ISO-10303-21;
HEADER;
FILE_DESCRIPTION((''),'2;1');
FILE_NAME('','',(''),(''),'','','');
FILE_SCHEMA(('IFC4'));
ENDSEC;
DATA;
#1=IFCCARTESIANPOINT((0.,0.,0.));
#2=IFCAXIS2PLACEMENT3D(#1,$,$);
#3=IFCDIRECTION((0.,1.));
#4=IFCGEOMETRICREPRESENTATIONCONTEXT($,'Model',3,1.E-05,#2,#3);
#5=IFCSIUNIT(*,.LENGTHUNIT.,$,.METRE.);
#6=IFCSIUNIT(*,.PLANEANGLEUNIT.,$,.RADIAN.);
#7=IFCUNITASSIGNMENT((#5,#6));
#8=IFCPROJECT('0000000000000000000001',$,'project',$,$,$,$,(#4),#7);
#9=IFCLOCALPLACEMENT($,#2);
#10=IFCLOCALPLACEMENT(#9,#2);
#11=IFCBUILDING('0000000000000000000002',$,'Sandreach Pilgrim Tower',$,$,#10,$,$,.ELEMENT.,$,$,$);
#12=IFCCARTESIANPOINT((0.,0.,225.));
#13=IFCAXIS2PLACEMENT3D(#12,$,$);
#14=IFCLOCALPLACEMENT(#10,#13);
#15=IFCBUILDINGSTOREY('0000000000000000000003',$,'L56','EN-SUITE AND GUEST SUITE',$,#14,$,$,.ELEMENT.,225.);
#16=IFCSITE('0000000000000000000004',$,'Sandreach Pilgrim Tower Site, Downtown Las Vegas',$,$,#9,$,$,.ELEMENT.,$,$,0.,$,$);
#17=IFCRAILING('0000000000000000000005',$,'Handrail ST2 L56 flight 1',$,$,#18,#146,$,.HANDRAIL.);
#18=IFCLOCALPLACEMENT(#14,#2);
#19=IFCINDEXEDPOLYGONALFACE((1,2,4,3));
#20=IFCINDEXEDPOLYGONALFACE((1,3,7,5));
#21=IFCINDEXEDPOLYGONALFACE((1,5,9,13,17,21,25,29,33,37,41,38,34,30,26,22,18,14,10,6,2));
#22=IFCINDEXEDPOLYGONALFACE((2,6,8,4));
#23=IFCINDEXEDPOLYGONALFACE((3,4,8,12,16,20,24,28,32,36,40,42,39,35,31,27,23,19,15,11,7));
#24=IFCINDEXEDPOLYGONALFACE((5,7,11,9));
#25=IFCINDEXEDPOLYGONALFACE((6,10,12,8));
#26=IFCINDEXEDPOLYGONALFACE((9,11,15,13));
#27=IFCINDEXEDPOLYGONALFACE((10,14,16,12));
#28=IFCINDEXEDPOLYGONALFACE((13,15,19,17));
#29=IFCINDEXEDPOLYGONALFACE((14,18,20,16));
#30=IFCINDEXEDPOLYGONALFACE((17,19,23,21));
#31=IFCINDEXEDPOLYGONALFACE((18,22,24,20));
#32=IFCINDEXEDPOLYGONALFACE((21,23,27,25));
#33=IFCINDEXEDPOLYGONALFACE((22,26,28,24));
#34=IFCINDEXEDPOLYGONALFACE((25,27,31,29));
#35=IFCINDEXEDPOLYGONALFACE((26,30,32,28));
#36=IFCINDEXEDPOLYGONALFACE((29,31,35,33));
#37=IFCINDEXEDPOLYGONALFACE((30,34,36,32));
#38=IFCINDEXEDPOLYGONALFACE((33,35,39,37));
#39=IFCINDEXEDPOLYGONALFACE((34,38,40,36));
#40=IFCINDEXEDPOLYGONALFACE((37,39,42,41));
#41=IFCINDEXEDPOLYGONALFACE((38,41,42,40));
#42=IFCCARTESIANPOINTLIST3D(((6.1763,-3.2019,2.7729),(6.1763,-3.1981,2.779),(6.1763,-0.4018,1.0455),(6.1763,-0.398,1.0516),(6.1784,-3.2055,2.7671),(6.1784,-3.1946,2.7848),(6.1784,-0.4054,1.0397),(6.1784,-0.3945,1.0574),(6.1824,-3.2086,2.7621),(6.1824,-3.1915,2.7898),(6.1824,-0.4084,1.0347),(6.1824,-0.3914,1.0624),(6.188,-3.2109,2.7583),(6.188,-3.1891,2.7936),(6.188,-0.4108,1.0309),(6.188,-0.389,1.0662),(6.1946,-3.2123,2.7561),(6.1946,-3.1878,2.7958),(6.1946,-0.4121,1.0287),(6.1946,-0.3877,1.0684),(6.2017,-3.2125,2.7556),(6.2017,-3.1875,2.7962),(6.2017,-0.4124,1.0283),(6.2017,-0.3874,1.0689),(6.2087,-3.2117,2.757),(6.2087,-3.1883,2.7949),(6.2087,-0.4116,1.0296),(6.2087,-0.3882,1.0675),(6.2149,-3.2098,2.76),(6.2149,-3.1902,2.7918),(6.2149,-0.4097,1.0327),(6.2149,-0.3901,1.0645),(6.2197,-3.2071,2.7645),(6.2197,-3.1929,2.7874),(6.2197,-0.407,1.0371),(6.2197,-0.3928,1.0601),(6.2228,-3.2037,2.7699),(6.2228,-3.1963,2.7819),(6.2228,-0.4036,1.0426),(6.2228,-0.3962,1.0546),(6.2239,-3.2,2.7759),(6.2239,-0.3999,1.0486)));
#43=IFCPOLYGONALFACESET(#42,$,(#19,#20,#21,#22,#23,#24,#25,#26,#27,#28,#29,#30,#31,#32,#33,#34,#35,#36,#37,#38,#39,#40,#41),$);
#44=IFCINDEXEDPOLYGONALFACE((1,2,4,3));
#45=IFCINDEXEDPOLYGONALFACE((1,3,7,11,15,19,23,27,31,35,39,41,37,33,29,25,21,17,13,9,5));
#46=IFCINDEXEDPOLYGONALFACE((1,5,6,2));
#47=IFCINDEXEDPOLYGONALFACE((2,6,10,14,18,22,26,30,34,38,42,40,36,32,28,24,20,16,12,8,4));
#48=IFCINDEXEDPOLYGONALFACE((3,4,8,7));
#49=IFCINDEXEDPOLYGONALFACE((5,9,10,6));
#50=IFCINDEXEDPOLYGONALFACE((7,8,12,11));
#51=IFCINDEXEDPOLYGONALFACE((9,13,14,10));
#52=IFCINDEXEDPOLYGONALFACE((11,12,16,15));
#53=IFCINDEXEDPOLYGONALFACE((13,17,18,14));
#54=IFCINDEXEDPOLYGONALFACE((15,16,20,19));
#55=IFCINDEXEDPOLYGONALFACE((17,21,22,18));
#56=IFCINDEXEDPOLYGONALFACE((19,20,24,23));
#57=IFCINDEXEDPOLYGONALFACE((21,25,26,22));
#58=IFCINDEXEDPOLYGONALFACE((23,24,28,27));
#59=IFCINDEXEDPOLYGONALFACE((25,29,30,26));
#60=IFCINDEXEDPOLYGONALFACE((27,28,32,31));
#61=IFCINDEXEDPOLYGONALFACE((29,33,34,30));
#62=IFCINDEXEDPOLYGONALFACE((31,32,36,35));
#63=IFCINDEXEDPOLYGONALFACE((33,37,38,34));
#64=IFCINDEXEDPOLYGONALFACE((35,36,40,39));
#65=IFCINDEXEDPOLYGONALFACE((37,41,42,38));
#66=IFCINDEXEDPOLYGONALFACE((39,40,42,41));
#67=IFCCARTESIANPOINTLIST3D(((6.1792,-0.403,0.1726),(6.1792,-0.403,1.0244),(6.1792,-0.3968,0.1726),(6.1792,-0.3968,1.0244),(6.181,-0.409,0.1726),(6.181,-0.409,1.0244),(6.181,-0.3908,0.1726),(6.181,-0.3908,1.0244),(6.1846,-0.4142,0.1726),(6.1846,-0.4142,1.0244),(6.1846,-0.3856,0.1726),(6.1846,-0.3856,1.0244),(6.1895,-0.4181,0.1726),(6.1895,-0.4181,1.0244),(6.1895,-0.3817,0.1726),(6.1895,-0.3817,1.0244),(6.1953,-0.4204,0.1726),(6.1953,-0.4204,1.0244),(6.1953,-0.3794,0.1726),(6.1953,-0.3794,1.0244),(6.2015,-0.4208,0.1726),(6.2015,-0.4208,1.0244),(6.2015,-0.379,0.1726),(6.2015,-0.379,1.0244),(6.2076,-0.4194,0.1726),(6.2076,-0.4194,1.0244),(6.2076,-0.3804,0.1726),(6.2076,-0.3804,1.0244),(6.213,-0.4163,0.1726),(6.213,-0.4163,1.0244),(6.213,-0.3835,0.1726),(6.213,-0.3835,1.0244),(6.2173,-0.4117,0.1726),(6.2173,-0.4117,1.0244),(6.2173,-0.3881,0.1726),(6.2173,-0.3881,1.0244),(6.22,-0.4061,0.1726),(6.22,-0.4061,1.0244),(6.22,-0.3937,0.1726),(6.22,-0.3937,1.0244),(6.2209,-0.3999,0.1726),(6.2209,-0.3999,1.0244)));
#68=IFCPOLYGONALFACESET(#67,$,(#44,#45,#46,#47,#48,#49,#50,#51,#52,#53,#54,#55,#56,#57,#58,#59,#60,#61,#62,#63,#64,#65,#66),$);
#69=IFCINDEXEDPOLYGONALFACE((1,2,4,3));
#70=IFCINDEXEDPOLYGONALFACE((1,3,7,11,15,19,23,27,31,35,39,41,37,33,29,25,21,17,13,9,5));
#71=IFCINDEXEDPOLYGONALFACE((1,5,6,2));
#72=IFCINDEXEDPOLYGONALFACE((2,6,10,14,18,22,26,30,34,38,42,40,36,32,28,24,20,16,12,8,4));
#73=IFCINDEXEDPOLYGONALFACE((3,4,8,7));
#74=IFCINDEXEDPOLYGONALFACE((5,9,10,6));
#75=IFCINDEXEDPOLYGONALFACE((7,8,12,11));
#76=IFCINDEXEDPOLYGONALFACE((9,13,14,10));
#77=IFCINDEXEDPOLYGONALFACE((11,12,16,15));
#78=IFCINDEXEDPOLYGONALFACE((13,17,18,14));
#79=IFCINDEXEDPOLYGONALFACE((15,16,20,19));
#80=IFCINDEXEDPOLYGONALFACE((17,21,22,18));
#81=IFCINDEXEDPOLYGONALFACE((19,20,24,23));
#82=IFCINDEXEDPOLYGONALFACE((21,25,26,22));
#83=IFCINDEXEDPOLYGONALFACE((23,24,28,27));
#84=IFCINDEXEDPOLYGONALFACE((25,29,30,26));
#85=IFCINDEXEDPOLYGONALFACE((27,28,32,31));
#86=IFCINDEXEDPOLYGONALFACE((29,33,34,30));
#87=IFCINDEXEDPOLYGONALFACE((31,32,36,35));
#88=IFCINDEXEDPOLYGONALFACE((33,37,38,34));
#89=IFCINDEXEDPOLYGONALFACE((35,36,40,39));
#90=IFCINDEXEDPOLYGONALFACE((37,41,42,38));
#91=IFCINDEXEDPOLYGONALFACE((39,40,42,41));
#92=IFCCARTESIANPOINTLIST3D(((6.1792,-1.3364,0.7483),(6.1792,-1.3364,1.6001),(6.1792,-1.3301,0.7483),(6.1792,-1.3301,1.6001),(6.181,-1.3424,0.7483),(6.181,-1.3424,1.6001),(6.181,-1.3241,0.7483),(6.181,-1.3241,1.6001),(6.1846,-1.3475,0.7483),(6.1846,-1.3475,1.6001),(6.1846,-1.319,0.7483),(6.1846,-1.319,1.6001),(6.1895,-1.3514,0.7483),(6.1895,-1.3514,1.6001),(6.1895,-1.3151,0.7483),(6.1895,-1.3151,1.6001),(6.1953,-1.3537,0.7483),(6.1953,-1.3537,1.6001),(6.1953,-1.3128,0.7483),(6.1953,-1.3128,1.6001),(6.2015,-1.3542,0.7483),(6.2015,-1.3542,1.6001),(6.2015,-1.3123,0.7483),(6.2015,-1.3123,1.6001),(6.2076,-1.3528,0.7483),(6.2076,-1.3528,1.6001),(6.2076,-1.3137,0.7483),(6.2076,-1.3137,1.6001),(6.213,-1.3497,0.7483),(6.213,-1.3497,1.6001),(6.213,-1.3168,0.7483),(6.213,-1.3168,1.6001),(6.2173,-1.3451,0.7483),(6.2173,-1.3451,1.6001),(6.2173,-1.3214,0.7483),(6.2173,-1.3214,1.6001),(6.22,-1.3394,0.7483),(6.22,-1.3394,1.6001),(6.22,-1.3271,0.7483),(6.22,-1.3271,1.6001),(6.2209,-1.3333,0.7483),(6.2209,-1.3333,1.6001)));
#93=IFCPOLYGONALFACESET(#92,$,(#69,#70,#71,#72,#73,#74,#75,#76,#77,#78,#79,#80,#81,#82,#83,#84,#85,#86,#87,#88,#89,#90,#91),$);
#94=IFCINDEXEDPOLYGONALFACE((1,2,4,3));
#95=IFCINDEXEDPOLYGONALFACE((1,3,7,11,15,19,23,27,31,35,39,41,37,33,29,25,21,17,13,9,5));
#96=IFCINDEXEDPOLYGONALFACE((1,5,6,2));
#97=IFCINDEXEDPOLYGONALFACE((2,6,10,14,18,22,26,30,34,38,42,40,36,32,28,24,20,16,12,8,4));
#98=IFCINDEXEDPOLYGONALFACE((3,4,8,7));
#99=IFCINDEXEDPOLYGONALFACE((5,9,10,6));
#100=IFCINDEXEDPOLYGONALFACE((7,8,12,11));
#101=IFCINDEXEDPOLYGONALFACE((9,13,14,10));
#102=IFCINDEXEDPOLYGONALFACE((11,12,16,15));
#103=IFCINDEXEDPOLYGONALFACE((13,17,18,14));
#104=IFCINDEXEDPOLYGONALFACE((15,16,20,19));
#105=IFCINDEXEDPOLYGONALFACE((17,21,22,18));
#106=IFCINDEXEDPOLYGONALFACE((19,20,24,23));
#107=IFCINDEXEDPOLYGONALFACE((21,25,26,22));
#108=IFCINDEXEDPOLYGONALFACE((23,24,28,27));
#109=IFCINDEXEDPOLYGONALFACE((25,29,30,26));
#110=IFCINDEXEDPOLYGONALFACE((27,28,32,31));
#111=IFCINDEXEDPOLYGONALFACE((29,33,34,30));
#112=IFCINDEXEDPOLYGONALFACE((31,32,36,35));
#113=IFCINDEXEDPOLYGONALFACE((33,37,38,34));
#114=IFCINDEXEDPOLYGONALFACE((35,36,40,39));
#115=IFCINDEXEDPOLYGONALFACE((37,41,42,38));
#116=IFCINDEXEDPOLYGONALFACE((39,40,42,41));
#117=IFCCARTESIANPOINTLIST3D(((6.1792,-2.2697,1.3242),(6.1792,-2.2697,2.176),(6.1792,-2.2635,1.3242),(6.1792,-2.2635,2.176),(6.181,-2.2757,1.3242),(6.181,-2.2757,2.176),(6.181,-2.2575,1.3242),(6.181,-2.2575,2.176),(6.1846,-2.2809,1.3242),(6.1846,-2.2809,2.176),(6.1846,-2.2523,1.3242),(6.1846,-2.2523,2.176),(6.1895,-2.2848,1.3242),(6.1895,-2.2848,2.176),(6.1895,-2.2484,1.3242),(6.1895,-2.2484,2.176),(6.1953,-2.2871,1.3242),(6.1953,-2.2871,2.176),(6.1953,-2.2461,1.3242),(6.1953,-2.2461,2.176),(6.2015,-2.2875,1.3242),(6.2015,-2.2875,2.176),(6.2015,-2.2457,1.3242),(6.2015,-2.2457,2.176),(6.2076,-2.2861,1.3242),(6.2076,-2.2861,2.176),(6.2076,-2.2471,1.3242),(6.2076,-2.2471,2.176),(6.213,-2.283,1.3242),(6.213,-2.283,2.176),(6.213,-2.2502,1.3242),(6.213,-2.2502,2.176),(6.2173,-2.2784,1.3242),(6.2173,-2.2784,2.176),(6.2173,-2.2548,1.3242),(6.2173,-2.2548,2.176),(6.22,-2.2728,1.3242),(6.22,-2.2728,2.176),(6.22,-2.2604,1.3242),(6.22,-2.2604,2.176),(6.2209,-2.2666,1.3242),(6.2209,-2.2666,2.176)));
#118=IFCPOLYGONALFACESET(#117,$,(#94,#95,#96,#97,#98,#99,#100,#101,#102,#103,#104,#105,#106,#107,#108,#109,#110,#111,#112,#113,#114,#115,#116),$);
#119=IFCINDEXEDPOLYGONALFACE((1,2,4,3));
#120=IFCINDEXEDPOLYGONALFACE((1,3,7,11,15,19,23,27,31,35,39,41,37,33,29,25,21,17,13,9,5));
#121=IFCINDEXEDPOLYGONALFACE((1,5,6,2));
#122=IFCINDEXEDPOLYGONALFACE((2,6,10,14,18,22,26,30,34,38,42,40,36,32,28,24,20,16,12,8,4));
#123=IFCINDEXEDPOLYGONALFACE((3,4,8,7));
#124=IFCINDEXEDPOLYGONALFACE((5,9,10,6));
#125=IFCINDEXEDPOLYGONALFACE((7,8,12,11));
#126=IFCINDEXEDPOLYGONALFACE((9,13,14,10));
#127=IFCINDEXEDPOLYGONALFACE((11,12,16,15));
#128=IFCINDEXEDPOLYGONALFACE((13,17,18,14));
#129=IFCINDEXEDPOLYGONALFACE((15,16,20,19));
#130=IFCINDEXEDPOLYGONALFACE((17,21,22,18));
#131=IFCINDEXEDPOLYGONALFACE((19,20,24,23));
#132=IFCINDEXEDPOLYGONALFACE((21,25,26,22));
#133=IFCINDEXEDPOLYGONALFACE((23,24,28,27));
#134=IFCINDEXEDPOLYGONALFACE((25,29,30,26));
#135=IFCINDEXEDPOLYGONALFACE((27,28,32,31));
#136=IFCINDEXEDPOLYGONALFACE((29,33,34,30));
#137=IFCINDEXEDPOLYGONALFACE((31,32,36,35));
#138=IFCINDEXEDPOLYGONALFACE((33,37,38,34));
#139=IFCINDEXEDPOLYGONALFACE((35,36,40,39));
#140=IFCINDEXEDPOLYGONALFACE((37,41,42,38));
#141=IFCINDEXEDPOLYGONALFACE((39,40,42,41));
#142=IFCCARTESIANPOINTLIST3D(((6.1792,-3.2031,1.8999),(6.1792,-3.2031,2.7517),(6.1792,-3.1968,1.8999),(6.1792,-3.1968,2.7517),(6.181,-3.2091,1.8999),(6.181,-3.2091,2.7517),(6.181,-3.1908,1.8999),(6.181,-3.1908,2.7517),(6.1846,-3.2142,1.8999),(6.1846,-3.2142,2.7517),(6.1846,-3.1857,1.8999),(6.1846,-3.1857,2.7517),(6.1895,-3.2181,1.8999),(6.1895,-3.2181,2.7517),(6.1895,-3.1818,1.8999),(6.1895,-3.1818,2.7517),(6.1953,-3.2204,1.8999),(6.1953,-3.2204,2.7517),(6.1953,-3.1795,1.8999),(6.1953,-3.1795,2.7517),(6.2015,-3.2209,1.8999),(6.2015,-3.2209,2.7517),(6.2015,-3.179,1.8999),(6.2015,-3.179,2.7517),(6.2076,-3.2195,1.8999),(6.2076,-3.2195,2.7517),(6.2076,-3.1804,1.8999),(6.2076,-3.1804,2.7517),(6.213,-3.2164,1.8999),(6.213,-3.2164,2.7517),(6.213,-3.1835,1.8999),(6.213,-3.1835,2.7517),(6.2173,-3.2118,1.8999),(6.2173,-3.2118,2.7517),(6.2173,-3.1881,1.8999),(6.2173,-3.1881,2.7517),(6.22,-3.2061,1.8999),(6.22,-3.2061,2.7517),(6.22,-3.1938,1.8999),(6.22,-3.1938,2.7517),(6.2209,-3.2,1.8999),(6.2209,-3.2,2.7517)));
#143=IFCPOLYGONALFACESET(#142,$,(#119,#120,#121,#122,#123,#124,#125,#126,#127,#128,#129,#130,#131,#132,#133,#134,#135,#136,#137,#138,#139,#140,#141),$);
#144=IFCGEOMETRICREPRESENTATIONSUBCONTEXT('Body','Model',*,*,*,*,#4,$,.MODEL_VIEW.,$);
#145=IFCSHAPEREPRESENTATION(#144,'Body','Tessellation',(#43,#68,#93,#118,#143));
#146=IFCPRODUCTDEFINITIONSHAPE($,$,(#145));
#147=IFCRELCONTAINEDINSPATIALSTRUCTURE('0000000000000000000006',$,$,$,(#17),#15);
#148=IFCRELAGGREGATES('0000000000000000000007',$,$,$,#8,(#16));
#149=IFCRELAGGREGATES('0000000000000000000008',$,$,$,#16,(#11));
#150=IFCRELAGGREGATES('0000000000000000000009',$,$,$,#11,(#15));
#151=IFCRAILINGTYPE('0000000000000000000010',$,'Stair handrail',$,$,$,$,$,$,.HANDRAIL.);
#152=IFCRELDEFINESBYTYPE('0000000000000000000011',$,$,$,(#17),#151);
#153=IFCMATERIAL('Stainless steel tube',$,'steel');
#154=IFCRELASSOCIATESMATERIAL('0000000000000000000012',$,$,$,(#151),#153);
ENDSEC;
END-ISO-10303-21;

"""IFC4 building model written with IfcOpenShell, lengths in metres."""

from ifc_helpers import new_model, si_unit, direction, frame, origin, origin_2d, place, context, subcontext, project, spatial, circle, extrude, material, type_object, element, save


model = new_model("IFC4")

# Units and contexts
model_context = context("Model", 3, precision=1e-05, world=origin(), true_north=direction((0.0, 1.0)))
body_context = subcontext(model_context, "Body", "Model", "MODEL_VIEW")
ifc_project = project(units=[si_unit("LENGTHUNIT", "METRE"), si_unit("PLANEANGLEUNIT", "RADIAN")], contexts=[model_context])

# Site, building, storey
site_placement = place(None, origin())
site = spatial("IfcSite", under=ifc_project, at=site_placement, Name="Sandreach Pilgrim Tower Site, Downtown Las Vegas", CompositionType="ELEMENT", RefElevation=0.0)
building_placement = place(site_placement, origin())
building = spatial("IfcBuilding", under=site, at=building_placement, Name="Sandreach Pilgrim Tower", CompositionType="ELEMENT")
storey_placement = place(building_placement, frame((0.0, 0.0, 225.0)))
storey = spatial("IfcBuildingStorey", under=building, at=storey_placement, Name="L56", Description="EN-SUITE AND GUEST SUITE", CompositionType="ELEMENT", Elevation=225.0)

# Railing
ifc_material_1 = material(Name="Stainless steel tube", Category="steel")
railing_type = type_object("IfcRailingType", Name="Stair handrail", PredefinedType="HANDRAIL", material=ifc_material_1)
for number, where, name in (
    (1, (6.2, -0.3999, 0.1726), "Handrail ST2 L56 flight 1"),
):
    element("IfcRailing", number, at=place(storey_placement, frame(where)), inside=storey, type_object=railing_type, Name=name, PredefinedType="HANDRAIL", context=body_context, shape_type="SweptSolid", body=[
        extrude(circle(Radius=0.0239, at=origin_2d()), frame((0.0, 0.0, 0.876), z_axis=(0.0, -0.85109, 0.52502), x_axis=(1.0, 0.0, 0.0)), (0.0, 0.0, 1.0), 3.29),
        extrude(circle(Radius=0.021, at=origin_2d()), origin(), (0.0, 0.0, 1.0), 0.8518),
        extrude(circle(Radius=0.021, at=origin_2d()), frame((0.0, -0.9333, 0.5757)), (0.0, 0.0, 1.0), 0.8518),
        extrude(circle(Radius=0.021, at=origin_2d()), frame((0.0, -1.8667, 1.1516)), (0.0, 0.0, 1.0), 0.8518),
        extrude(circle(Radius=0.021, at=origin_2d()), frame((0.0, -2.8, 1.7273)), (0.0, 0.0, 1.0), 0.8518),
    ])

save(model, "model.ifc")
